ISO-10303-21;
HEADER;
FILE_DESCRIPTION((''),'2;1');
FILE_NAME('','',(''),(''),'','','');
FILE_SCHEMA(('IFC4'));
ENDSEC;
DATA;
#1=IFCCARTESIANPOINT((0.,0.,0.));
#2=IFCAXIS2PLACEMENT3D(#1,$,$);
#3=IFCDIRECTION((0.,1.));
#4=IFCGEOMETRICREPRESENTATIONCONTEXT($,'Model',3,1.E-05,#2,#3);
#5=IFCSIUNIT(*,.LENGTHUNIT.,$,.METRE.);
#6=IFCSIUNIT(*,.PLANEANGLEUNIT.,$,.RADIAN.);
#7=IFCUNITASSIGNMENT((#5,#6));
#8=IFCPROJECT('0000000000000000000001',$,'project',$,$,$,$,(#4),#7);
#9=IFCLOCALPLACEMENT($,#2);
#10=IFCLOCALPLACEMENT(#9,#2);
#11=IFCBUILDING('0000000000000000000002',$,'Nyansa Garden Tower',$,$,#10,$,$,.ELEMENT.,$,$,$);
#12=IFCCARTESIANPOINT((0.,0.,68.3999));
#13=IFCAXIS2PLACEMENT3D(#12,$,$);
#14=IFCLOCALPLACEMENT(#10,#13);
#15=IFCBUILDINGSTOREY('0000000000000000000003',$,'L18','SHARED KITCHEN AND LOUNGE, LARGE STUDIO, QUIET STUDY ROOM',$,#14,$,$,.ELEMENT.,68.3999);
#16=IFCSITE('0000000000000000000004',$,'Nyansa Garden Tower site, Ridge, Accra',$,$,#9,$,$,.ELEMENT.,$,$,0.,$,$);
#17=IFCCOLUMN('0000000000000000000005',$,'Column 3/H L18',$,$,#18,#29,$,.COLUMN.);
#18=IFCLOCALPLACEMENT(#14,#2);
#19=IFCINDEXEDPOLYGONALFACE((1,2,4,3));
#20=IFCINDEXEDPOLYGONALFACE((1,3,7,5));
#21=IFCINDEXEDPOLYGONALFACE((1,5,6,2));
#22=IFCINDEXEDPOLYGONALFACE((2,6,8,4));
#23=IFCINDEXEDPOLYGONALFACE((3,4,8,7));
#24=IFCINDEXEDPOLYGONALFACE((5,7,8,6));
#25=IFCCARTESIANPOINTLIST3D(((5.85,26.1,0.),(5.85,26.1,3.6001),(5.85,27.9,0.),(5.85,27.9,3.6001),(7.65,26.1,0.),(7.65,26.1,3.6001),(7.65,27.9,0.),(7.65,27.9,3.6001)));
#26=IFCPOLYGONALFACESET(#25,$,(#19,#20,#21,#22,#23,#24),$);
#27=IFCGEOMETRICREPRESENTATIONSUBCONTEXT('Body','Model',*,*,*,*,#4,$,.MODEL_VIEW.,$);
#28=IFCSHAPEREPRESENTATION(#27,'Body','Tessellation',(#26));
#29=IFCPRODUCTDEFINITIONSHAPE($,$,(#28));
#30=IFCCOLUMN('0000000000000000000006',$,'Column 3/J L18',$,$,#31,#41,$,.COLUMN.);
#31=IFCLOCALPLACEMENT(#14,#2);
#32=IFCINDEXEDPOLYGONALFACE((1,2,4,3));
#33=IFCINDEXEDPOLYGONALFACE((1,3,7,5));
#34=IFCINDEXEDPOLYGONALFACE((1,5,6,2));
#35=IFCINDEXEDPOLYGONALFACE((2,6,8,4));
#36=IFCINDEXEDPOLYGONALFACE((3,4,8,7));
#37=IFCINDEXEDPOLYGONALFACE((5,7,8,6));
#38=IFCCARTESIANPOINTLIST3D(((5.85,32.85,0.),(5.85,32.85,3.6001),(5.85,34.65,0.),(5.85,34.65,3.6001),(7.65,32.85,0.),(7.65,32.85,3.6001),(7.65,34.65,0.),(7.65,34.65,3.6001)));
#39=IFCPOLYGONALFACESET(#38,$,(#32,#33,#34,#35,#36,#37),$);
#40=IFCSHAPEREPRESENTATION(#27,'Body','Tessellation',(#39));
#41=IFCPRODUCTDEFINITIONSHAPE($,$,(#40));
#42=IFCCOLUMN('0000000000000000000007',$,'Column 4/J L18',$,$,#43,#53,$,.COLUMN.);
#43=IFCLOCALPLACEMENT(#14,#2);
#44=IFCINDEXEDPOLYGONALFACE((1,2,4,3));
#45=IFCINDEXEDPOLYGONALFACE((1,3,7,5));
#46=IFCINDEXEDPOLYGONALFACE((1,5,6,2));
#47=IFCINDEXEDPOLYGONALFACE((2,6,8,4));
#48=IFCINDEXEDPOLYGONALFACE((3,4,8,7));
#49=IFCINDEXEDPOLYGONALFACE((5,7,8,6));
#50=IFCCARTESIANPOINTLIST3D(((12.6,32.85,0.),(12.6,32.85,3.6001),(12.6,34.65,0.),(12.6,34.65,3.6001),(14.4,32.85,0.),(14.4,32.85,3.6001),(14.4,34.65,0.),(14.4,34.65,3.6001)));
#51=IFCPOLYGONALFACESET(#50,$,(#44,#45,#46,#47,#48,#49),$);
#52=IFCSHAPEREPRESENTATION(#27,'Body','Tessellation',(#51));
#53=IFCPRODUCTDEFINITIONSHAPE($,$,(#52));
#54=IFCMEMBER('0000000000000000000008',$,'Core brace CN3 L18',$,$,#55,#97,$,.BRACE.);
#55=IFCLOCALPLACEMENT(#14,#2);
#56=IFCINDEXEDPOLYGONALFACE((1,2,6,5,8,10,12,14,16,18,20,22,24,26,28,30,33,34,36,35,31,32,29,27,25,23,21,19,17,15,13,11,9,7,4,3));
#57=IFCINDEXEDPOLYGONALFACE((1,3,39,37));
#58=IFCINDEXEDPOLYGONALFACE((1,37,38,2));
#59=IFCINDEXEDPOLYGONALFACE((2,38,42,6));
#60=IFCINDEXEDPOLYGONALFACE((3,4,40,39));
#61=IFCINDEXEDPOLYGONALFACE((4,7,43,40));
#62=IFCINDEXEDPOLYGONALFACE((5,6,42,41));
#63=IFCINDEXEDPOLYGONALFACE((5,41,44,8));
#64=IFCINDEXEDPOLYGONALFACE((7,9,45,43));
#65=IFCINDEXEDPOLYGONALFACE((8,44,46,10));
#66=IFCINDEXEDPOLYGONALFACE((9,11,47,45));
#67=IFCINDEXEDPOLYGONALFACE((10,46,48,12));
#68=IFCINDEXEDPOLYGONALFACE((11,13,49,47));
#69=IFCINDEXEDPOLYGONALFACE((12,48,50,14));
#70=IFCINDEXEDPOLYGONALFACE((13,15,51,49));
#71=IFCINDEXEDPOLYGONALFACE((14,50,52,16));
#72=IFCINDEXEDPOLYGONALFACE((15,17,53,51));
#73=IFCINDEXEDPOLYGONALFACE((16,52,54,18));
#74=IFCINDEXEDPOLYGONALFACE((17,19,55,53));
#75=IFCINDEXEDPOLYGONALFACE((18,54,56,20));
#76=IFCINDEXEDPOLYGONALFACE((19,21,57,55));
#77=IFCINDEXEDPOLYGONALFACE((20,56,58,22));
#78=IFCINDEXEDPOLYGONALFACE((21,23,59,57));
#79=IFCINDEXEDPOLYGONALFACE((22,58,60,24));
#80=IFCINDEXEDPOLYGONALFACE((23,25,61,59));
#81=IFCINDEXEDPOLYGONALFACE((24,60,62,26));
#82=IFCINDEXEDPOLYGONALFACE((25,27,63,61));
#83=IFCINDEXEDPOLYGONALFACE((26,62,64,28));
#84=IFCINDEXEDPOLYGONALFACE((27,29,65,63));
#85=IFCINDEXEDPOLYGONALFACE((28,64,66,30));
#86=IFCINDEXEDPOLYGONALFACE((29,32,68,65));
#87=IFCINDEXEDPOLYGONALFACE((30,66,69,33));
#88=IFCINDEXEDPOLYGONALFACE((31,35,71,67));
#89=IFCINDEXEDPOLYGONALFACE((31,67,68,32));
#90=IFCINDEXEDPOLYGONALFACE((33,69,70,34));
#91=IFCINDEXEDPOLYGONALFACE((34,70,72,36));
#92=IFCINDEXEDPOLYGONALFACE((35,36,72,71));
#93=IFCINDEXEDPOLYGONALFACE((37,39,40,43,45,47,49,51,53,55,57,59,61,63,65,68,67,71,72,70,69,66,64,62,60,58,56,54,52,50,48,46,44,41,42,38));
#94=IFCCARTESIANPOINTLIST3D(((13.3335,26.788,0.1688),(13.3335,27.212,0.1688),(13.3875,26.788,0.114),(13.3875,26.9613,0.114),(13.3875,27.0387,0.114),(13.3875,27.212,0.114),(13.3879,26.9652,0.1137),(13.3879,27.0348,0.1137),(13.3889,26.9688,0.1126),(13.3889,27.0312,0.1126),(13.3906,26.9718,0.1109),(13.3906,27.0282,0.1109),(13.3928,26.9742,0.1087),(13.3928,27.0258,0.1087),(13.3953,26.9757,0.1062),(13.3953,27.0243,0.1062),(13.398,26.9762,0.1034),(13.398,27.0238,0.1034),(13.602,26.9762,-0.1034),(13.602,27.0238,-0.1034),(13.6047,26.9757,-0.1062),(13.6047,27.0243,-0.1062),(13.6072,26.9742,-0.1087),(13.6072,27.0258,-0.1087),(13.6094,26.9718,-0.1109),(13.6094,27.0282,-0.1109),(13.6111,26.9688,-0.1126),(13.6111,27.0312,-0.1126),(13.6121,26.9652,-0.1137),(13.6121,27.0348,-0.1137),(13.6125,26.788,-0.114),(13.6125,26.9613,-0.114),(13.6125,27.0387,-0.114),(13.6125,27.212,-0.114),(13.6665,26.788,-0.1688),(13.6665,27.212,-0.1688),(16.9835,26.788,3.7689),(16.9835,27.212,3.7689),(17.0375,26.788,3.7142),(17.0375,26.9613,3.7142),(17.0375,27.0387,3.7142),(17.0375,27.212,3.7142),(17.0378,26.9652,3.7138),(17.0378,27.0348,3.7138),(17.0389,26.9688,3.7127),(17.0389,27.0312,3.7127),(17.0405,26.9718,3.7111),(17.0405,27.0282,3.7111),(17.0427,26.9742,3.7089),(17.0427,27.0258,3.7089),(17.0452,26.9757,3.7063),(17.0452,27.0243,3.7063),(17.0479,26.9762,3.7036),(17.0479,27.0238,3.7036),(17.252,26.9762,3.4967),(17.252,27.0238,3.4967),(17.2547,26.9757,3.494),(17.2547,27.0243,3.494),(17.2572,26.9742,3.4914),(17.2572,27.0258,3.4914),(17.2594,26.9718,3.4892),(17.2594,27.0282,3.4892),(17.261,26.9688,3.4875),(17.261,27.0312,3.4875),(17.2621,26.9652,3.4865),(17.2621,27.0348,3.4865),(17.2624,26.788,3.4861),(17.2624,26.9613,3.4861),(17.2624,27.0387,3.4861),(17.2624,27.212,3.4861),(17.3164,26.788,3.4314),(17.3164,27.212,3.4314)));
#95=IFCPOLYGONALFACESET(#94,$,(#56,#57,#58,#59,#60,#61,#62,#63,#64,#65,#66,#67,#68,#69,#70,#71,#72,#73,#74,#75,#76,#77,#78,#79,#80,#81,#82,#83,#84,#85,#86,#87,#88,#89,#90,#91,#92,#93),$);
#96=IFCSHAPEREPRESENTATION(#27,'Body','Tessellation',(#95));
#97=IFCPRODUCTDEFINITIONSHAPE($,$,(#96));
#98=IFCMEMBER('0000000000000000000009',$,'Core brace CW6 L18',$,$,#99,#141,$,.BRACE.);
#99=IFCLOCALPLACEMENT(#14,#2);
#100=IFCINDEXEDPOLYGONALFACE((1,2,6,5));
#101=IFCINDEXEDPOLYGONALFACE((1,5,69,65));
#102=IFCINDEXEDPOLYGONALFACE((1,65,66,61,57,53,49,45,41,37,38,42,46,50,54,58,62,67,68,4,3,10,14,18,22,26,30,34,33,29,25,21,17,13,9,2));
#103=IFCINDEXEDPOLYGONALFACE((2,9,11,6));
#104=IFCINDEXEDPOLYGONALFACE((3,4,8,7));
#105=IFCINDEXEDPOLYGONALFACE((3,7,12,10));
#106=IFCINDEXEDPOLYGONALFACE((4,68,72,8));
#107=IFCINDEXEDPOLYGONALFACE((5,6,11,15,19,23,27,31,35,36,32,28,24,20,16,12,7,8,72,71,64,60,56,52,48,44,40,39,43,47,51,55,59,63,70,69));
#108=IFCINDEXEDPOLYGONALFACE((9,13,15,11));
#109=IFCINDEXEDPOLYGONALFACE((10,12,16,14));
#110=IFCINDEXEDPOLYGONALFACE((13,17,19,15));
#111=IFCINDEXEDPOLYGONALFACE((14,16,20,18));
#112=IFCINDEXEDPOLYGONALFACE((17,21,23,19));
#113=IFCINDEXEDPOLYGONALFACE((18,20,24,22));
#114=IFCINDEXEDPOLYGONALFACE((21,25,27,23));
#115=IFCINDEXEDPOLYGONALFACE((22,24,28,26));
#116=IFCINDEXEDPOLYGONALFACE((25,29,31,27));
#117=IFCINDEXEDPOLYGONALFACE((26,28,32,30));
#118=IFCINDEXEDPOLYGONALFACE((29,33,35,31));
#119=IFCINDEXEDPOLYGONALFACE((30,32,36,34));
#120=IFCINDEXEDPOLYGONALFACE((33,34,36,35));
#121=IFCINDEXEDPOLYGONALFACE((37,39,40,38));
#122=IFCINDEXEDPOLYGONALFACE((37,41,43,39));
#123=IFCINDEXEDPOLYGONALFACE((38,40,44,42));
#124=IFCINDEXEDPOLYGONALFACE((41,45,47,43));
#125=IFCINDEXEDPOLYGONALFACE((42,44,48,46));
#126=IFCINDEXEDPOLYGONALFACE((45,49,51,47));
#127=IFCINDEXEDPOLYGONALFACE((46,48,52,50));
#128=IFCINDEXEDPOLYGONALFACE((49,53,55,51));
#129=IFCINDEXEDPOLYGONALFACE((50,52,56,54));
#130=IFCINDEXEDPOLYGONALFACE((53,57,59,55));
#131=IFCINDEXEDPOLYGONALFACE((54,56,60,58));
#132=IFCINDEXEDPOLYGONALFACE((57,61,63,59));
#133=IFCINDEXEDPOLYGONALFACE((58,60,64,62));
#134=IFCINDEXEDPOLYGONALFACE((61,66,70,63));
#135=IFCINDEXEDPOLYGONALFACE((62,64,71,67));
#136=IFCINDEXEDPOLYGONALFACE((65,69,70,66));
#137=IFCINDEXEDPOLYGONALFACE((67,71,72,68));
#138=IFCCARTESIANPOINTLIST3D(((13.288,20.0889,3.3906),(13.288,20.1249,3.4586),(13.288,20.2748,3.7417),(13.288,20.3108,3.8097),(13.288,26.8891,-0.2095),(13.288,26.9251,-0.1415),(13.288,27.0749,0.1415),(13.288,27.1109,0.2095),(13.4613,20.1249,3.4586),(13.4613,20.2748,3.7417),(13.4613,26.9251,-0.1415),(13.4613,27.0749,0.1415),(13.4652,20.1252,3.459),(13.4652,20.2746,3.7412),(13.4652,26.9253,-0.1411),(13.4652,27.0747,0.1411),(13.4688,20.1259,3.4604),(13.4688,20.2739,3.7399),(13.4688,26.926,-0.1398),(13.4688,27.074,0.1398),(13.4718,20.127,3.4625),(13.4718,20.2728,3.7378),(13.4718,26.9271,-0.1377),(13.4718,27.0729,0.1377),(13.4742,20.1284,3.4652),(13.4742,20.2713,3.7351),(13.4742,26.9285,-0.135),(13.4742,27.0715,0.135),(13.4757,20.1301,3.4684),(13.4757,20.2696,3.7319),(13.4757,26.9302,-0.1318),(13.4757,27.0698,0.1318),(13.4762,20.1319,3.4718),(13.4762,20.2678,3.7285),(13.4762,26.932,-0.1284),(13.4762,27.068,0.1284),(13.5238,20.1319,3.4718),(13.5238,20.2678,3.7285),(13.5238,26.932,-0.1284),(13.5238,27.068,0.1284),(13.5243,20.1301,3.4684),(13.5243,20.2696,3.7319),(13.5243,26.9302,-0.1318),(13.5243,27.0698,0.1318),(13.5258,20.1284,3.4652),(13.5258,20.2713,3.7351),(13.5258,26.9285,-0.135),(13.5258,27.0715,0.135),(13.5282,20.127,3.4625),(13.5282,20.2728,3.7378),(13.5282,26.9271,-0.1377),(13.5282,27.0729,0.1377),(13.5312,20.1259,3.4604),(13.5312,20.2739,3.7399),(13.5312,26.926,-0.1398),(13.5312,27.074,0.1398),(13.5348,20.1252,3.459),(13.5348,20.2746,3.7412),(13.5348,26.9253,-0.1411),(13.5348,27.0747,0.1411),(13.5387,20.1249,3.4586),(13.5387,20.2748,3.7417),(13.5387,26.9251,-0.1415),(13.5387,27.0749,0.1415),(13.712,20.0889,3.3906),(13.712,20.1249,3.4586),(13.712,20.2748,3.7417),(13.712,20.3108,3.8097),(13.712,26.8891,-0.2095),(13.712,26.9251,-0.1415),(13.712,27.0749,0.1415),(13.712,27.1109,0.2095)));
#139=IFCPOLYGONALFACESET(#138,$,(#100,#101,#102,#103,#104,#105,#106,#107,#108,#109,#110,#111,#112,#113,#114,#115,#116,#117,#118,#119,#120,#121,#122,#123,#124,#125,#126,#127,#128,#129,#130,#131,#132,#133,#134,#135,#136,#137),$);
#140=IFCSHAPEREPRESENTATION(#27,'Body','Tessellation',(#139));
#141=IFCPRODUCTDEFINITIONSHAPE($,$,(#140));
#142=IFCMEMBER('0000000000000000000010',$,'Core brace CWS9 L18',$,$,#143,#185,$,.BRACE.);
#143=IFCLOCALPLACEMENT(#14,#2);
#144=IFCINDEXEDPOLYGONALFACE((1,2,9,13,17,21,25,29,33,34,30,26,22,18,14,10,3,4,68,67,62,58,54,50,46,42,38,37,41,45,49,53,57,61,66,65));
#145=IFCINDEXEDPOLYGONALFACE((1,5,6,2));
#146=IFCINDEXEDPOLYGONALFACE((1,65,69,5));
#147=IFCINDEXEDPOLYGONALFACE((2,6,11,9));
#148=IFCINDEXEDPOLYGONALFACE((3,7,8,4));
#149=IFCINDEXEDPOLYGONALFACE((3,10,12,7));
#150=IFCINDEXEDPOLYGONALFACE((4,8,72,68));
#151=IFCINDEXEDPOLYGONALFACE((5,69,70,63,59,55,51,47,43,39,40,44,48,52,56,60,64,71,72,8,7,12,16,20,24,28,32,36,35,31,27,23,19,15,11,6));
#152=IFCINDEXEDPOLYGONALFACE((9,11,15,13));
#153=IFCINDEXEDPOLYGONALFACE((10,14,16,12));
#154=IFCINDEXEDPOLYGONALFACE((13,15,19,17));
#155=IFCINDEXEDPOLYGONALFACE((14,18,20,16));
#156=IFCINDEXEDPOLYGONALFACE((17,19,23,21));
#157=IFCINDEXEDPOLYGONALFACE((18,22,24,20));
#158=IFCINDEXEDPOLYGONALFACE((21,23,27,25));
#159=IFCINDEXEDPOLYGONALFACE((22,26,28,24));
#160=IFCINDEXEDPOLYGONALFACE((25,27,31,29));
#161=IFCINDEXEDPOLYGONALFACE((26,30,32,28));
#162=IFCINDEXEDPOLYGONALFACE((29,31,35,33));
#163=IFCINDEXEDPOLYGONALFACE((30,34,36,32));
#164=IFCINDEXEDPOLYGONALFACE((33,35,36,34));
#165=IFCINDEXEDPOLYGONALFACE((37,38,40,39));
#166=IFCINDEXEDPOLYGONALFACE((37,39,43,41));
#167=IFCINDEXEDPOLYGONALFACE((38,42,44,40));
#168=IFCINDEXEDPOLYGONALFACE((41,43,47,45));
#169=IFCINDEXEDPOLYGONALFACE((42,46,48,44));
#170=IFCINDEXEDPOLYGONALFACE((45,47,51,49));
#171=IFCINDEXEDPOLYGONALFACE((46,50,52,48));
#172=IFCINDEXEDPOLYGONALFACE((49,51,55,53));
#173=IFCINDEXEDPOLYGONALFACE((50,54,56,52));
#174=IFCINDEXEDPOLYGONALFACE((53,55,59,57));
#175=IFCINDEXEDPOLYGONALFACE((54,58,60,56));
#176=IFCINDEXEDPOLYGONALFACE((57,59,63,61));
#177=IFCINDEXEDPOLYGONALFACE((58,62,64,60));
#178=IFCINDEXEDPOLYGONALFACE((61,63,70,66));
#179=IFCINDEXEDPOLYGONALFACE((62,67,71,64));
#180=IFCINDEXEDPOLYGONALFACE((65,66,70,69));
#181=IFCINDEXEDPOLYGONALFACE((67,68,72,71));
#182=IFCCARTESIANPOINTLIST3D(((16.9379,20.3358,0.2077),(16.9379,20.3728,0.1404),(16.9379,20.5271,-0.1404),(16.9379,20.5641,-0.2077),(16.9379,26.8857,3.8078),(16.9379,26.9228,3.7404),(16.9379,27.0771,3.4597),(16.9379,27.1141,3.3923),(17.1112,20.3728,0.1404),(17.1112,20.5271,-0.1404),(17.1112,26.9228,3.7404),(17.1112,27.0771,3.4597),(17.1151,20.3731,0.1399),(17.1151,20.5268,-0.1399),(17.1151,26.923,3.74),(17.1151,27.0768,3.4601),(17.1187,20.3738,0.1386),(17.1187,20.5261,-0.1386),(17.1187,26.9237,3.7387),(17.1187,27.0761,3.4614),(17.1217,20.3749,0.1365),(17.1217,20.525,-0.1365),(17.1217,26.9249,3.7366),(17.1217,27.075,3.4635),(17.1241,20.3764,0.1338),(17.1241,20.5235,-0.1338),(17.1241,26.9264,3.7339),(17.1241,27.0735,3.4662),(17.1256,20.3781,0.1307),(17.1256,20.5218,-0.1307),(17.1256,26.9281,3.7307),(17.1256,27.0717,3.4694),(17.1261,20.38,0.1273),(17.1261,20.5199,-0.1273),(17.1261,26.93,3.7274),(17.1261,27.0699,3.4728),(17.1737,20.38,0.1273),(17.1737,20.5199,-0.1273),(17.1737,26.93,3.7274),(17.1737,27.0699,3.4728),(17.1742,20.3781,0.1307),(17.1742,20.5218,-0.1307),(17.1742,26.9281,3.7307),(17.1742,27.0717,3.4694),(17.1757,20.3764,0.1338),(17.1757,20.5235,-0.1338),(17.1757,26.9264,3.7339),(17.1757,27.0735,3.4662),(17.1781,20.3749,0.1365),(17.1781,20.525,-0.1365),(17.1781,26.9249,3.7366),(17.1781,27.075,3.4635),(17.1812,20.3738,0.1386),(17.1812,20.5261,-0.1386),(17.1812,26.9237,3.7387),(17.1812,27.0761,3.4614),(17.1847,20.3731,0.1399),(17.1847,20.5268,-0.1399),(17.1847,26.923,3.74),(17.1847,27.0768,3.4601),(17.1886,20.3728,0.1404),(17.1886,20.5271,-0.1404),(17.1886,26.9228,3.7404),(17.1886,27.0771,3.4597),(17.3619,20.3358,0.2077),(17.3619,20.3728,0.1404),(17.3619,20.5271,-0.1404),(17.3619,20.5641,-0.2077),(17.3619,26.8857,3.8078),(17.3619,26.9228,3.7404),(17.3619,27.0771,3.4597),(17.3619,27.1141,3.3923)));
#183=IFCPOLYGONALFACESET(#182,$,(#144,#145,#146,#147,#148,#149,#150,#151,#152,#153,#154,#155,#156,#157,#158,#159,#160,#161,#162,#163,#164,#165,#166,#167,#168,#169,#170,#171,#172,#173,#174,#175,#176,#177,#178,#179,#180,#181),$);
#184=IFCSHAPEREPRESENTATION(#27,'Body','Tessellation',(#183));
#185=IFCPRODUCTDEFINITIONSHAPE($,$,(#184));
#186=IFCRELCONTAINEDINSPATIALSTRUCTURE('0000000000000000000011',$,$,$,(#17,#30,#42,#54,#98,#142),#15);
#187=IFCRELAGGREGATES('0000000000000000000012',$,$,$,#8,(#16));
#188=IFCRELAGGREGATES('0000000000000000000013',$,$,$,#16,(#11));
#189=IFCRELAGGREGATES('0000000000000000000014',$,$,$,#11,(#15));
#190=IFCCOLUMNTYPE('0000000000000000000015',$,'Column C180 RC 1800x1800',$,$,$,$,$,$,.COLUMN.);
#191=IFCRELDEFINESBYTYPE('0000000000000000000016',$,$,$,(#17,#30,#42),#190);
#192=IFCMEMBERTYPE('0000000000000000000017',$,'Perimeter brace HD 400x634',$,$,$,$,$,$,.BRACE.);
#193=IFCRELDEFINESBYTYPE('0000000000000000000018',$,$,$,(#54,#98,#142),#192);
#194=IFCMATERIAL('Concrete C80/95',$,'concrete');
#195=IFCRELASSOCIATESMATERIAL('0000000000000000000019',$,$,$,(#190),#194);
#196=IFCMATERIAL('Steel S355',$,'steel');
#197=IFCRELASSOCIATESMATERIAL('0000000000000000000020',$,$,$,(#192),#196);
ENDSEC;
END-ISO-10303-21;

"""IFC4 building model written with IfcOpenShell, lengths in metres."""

from ifc_helpers import new_model, si_unit, direction, frame, origin, origin_2d, place, context, subcontext, project, spatial, rectangle, i_section, extrude, material, material_profile, profile_set, type_object, element, save


model = new_model("IFC4")

# Units and contexts
model_context = context("Model", 3, precision=1e-05, world=origin(), true_north=direction((0.0, 1.0)))
body_context = subcontext(model_context, "Body", "Model", "MODEL_VIEW")
ifc_project = project(units=[si_unit("LENGTHUNIT", "METRE"), si_unit("PLANEANGLEUNIT", "RADIAN")], contexts=[model_context])

# Site, building, storey
site_placement = place(None, origin())
site = spatial("IfcSite", under=ifc_project, at=site_placement, Name="Nyansa Garden Tower site, Ridge, Accra", CompositionType="ELEMENT", RefElevation=0.0)
building_placement = place(site_placement, origin())
building = spatial("IfcBuilding", under=site, at=building_placement, Name="Nyansa Garden Tower", CompositionType="ELEMENT")
storey_placement = place(building_placement, frame((0.0, 0.0, 68.3999)))
storey = spatial("IfcBuildingStorey", under=building, at=storey_placement, Name="L18", Description="SHARED KITCHEN AND LOUNGE, LARGE STUDIO, QUIET STUDY ROOM", CompositionType="ELEMENT", Elevation=68.3999)

# Columns
ifc_material_1 = material(Name="Concrete C80/95", Category="concrete")
ifc_material_profile_1 = material_profile(ifc_material_1, rectangle(XDim=1.8, YDim=1.8, at=origin_2d()), Name="RC 1800x1800")
ifc_profile_set_1 = profile_set([ifc_material_profile_1], Name="Concrete C80/95")
column_type = type_object("IfcColumnType", Name="Column C180 RC 1800x1800", PredefinedType="COLUMN", material=ifc_profile_set_1)
for number, where, z_axis, x_axis, name in (
    (1, (6.75, 27.0, 0.0), (0.0, 0.0, 1.0), (1.0, 0.0, 0.0), "Column 3/H L18"),
    (2, (6.75, 33.75, 0.0), (0.0, 0.0, 1.0), (1.0, 0.0, 0.0), "Column 3/J L18"),
    (3, (13.5, 33.75, 0.0), (0.0, 0.0, 1.0), (1.0, 0.0, 0.0), "Column 4/J L18"),
):
    element("IfcColumn", number, at=place(storey_placement, frame(where, z_axis=z_axis, x_axis=x_axis)), inside=storey, type_object=column_type, Name=name, PredefinedType="COLUMN", context=body_context, shape_type="SweptSolid", body=[
        extrude(rectangle(XDim=1.8, YDim=1.8, at=origin_2d()), origin(), (0.0, 0.0, 1.0), 3.6001),
    ])

# Members
ifc_material_2 = material(Name="Steel S355", Category="steel")
ifc_material_profile_2 = material_profile(ifc_material_2, i_section(OverallWidth=0.4241, OverallDepth=0.4741, WebThickness=0.0476, FlangeThickness=0.0769, FilletRadius=0.0149, at=origin_2d()), Name="HD 400x634")
ifc_profile_set_2 = profile_set([ifc_material_profile_2], Name="Steel S355")
member_type = type_object("IfcMemberType", Name="Perimeter brace HD 400x634", PredefinedType="BRACE", material=ifc_profile_set_2)
member_1_placement = place(storey_placement, frame((13.5, 27.0, 0.0), z_axis=(0.711948, 0.0, 0.702233), x_axis=(0.0, 1.0, 0.0)))
element("IfcMember", 4, at=member_1_placement, inside=storey, type_object=member_type, Name="Core brace CN3 L18", PredefinedType="BRACE", context=body_context, shape_type="SweptSolid", body=[
    extrude(i_section(OverallWidth=0.4241, OverallDepth=0.4741, WebThickness=0.0476, FlangeThickness=0.0769, FilletRadius=0.0149, at=origin_2d()), origin(), (0.0, 0.0, 1.0), 5.1267),
])
member_2_placement = place(storey_placement, frame((13.5, 27.0, 0.0), z_axis=(0.0, -0.883784, 0.467895), x_axis=(1.0, 0.0, 0.0)))
element("IfcMember", 5, at=member_2_placement, inside=storey, type_object=member_type, Name="Core brace CW6 L18", PredefinedType="BRACE", context=body_context, shape_type="SweptSolid", body=[
    extrude(i_section(OverallWidth=0.4241, OverallDepth=0.4741, WebThickness=0.0476, FlangeThickness=0.0769, FilletRadius=0.0149, at=origin_2d()), origin(), (0.0, 0.0, 1.0), 7.6943),
])
member_3_placement = place(storey_placement, frame((17.1499, 20.45, 0.0), z_axis=(0.0, 0.876353, 0.481669), x_axis=(-1.0, 0.0, 0.0)))
element("IfcMember", 6, at=member_3_placement, inside=storey, type_object=member_type, Name="Core brace CWS9 L18", PredefinedType="BRACE", context=body_context, shape_type="SweptSolid", body=[
    extrude(i_section(OverallWidth=0.4241, OverallDepth=0.4741, WebThickness=0.0476, FlangeThickness=0.0769, FilletRadius=0.0149, at=origin_2d()), origin(), (0.0, 0.0, 1.0), 7.4741),
])

save(model, "model.ifc")
